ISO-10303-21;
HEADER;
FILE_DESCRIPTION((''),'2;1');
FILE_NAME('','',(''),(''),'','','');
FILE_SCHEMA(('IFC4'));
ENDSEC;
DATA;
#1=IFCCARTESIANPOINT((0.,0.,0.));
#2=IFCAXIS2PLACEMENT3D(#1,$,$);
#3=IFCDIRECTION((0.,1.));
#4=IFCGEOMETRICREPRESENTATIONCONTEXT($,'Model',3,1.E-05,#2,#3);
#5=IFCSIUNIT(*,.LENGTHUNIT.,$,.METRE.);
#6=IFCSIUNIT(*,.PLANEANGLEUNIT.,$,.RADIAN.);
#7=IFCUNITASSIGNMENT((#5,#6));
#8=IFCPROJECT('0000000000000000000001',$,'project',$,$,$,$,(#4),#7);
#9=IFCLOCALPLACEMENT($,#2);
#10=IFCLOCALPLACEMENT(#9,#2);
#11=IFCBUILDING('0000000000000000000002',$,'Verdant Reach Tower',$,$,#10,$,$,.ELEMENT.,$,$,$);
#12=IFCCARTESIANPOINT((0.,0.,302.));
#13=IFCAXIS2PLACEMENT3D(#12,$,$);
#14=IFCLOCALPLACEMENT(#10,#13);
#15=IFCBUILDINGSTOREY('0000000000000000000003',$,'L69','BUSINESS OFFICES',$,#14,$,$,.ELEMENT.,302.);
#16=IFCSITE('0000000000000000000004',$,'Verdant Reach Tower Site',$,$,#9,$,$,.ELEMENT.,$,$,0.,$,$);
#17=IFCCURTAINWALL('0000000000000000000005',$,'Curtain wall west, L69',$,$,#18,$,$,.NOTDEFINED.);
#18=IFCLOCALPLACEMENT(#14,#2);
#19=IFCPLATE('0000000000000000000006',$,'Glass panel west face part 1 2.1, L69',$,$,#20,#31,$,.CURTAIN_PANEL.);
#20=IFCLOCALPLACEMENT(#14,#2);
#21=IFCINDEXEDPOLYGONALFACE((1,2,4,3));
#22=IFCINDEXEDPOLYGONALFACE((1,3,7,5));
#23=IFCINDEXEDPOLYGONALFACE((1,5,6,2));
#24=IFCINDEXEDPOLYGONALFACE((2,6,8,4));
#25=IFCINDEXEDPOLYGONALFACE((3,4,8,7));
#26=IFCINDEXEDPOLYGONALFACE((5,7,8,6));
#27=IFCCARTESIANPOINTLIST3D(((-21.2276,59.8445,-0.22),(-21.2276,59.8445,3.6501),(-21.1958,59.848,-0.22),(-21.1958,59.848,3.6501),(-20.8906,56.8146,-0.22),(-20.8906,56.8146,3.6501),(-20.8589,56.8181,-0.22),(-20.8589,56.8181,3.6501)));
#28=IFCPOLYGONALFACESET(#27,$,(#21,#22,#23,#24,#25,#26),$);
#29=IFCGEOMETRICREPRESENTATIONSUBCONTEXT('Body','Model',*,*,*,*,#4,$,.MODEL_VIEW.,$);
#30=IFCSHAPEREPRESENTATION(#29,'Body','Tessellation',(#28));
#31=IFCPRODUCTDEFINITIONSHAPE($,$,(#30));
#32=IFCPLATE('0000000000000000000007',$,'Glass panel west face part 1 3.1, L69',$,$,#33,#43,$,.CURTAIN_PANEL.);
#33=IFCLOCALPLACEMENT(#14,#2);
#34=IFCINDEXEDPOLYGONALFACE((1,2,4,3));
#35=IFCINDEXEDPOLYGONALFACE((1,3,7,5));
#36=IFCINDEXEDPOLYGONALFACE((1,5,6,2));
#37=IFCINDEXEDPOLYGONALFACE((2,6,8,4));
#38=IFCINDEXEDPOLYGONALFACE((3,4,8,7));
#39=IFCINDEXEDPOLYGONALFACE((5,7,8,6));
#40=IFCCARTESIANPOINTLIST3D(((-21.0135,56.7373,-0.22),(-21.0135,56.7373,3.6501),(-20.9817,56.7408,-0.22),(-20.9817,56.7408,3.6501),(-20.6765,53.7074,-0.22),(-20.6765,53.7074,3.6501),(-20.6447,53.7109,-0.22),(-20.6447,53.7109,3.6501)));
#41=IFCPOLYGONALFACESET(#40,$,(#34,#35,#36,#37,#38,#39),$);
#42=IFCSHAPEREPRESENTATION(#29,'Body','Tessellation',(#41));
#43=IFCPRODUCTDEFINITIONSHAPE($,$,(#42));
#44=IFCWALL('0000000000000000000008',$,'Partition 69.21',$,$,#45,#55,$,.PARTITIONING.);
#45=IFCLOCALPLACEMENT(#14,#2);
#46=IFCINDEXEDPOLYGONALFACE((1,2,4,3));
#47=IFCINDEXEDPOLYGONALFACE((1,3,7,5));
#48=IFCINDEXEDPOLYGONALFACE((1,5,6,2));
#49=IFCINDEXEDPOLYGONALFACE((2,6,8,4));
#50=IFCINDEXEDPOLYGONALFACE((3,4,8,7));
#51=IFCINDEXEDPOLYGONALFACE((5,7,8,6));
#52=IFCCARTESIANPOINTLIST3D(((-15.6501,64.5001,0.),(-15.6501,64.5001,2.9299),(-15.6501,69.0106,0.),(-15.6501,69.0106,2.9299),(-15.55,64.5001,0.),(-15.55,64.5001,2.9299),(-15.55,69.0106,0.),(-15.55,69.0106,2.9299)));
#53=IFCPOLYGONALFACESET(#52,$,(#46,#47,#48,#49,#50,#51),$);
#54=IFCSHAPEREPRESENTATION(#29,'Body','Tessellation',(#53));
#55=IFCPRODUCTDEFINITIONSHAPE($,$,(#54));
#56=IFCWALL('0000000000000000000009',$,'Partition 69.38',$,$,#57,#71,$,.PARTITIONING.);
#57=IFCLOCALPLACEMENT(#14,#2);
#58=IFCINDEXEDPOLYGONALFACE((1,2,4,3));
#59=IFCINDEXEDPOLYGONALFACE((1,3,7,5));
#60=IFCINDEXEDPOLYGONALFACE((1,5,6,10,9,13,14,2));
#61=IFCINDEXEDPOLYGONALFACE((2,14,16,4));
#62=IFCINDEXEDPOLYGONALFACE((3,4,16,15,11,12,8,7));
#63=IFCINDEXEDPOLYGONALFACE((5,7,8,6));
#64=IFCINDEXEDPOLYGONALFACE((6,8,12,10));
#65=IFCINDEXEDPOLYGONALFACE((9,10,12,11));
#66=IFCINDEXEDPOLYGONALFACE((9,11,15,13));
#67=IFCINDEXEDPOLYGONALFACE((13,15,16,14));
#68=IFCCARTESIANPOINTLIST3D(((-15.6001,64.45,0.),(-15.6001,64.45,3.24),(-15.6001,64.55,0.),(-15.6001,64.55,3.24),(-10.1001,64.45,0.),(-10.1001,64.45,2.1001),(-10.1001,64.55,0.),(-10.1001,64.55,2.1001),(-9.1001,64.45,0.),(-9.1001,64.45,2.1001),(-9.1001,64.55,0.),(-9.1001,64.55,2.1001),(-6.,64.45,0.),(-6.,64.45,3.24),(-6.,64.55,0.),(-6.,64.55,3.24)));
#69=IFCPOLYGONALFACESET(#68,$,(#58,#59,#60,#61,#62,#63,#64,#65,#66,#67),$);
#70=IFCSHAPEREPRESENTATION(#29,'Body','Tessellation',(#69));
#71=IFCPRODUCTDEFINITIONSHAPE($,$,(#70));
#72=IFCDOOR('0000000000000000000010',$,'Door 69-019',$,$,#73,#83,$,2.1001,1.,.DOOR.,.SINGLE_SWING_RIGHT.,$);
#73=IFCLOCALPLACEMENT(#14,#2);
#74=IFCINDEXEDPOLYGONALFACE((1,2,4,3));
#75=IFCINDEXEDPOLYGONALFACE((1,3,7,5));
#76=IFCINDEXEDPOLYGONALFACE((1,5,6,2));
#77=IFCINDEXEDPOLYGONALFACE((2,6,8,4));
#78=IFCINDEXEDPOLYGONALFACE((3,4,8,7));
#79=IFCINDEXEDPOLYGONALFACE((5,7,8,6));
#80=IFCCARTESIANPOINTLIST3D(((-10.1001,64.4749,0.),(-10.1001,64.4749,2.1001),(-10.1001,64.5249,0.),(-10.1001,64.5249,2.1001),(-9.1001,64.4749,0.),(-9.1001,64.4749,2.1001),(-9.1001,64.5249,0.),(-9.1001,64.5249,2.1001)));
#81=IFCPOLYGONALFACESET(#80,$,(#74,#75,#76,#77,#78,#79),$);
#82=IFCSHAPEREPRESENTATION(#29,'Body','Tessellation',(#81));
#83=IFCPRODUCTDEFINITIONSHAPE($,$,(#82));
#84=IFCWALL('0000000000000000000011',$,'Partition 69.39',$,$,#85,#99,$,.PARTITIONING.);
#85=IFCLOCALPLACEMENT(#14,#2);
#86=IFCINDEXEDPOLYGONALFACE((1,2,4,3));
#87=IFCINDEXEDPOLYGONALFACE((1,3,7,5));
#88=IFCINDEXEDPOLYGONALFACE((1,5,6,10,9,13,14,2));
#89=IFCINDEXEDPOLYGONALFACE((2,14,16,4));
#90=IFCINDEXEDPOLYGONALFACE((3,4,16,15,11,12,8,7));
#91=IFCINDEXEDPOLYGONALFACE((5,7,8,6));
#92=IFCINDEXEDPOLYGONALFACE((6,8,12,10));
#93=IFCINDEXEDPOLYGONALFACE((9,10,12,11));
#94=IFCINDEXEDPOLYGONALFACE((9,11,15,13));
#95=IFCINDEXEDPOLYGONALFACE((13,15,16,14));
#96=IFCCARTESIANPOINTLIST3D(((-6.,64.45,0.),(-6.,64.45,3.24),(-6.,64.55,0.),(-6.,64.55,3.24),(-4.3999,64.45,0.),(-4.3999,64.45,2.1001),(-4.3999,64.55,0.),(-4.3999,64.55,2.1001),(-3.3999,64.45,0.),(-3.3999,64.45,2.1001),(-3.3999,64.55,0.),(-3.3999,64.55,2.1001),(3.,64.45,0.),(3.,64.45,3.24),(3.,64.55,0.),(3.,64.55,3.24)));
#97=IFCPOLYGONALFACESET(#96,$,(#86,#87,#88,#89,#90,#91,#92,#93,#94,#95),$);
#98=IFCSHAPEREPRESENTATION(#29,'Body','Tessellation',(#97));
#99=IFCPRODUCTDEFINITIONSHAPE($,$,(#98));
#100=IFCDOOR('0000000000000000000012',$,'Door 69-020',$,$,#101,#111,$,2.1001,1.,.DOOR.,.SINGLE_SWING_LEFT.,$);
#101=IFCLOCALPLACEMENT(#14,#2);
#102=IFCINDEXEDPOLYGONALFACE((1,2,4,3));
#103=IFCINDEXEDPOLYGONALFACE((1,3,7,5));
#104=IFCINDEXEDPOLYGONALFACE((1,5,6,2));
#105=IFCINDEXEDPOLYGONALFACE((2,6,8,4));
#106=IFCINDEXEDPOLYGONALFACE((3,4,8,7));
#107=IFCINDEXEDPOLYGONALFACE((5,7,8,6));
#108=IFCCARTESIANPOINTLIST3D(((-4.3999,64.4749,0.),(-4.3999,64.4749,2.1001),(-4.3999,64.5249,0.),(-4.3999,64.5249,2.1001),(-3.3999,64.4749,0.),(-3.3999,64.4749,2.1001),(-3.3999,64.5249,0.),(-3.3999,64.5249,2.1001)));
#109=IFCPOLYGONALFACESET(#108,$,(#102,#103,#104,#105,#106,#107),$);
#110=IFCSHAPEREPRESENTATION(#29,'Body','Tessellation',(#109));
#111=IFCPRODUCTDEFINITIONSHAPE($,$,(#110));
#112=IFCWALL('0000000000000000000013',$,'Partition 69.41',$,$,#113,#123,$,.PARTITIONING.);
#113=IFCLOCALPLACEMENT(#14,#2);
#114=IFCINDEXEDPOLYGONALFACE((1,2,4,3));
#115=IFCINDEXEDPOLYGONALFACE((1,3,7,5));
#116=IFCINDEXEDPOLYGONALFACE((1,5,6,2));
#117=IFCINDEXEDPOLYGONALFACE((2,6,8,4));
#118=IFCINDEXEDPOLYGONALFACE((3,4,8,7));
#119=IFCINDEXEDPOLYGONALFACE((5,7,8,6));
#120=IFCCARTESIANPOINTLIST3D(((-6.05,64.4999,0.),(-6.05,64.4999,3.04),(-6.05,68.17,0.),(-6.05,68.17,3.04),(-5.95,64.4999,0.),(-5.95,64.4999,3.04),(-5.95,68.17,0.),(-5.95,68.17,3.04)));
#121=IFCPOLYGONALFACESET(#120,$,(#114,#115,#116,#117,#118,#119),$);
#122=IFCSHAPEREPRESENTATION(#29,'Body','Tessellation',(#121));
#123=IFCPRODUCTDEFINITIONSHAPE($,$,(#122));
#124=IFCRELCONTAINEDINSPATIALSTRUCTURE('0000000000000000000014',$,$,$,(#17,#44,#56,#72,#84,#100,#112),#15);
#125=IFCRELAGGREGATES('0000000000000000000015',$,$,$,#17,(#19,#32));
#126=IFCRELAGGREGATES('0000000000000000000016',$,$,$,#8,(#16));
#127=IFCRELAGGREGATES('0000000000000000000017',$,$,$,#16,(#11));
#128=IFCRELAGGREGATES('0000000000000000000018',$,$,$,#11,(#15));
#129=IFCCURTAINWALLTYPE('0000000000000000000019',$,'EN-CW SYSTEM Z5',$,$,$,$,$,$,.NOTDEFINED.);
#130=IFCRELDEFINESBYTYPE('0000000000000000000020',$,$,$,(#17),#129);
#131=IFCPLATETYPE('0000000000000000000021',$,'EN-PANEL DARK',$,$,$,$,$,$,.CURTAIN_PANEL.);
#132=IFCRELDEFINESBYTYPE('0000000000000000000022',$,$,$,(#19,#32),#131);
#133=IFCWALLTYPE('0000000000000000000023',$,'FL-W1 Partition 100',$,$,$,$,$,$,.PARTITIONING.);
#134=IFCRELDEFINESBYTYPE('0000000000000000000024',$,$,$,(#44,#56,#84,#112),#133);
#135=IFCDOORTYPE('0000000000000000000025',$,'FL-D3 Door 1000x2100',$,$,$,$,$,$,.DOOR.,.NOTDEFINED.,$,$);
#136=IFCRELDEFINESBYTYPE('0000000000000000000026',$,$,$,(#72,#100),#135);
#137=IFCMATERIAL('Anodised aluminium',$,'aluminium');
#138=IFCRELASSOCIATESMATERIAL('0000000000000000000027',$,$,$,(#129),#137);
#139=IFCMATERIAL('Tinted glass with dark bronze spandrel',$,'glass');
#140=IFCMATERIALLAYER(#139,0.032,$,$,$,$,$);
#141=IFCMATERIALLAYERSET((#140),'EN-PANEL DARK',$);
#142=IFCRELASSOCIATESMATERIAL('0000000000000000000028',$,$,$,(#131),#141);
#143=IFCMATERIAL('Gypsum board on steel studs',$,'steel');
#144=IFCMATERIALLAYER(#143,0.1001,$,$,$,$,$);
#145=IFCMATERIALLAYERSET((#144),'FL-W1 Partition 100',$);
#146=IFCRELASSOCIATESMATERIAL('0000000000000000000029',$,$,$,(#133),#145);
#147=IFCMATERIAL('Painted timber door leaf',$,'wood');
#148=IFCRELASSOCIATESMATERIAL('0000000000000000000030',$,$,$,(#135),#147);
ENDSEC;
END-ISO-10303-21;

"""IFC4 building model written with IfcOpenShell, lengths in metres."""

from ifc_helpers import new_model, si_unit, direction, frame, frame_2d, origin, origin_2d, place, context, subcontext, project, spatial, rectangle, extrude, material, layer, layer_set, type_object, element, fill, aggregate, save


model = new_model("IFC4")

# Units and contexts
model_context = context("Model", 3, precision=1e-05, world=origin(), true_north=direction((0.0, 1.0)))
body_context = subcontext(model_context, "Body", "Model", "MODEL_VIEW")
ifc_project = project(units=[si_unit("LENGTHUNIT", "METRE"), si_unit("PLANEANGLEUNIT", "RADIAN")], contexts=[model_context])

# Site, building, storey
site_placement = place(None, origin())
site = spatial("IfcSite", under=ifc_project, at=site_placement, Name="Verdant Reach Tower Site", CompositionType="ELEMENT", RefElevation=0.0)
building_placement = place(site_placement, origin())
building = spatial("IfcBuilding", under=site, at=building_placement, Name="Verdant Reach Tower", CompositionType="ELEMENT")
storey_placement = place(building_placement, frame((0.0, 0.0, 302.0)))
storey = spatial("IfcBuildingStorey", under=building, at=storey_placement, Name="L69", Description="BUSINESS OFFICES", CompositionType="ELEMENT", Elevation=302.0)

# Curtain wall
ifc_material_1 = material(Name="Anodised aluminium", Category="aluminium")
curtain_wall_type = type_object("IfcCurtainWallType", Name="EN-CW SYSTEM Z5", PredefinedType="NOTDEFINED", material=ifc_material_1)
curtain_wall_1_placement = place(storey_placement, origin())
curtain_wall_1 = element("IfcCurtainWall", 1, at=curtain_wall_1_placement, inside=storey, type_object=curtain_wall_type, Name="Curtain wall west, L69", PredefinedType="NOTDEFINED")

# Plates
ifc_material_2 = material(Name="Tinted glass with dark bronze spandrel", Category="glass")
ifc_layer_1 = layer(ifc_material_2, 0.032)
ifc_layer_set_1 = layer_set([ifc_layer_1], Name="EN-PANEL DARK")
plate_type_1 = type_object("IfcPlateType", Name="EN-PANEL DARK", PredefinedType="CURTAIN_PANEL", material=ifc_layer_set_1)
plate_1_placement = place(storey_placement, frame((-21.0432, 58.3313, -0.22), z_axis=(0.0, 0.0, 1.0), x_axis=(0.110518, -0.993874, 0.0)))
plate_1 = element("IfcPlate", 2, at=plate_1_placement, type_object=plate_type_1, Name="Glass panel west face part 1 2.1, L69", PredefinedType="CURTAIN_PANEL", context=body_context, shape_type="SweptSolid", body=[
    extrude(rectangle(XDim=3.0486, YDim=0.032, at=origin_2d()), origin(), (0.0, 0.0, 1.0), 3.8701),
])
plate_2_placement = place(storey_placement, frame((-20.8291, 55.2241, -0.22), z_axis=(0.0, 0.0, 1.0), x_axis=(0.110518, -0.993874, 0.0)))
plate_2 = element("IfcPlate", 3, at=plate_2_placement, type_object=plate_type_1, Name="Glass panel west face part 1 3.1, L69", PredefinedType="CURTAIN_PANEL", context=body_context, shape_type="SweptSolid", body=[
    extrude(rectangle(XDim=3.0486, YDim=0.032, at=origin_2d()), origin(), (0.0, 0.0, 1.0), 3.8701),
])
aggregate(curtain_wall_1, [plate_1, plate_2])

# Wall
ifc_material_3 = material(Name="Gypsum board on steel studs", Category="steel")
ifc_layer_2 = layer(ifc_material_3, 0.1001)
ifc_layer_set_2 = layer_set([ifc_layer_2], Name="FL-W1 Partition 100")
wall_type = type_object("IfcWallType", Name="FL-W1 Partition 100", PredefinedType="PARTITIONING", material=ifc_layer_set_2)
wall_1_placement = place(storey_placement, frame((-15.6001, 64.5, 0.0), z_axis=(0.0, 0.0, 1.0), x_axis=(0.0, 1.0, 0.0)))
element("IfcWall", 4, at=wall_1_placement, inside=storey, type_object=wall_type, Name="Partition 69.21", PredefinedType="PARTITIONING", context=body_context, shape_type="SweptSolid", body=[
    extrude(rectangle(XDim=4.5105, YDim=0.1001, at=frame_2d((2.2554, 0.0))), origin(), (0.0, 0.0, 1.0), 2.9299),
])

# Walls, openings, doors
wall_2_placement = place(storey_placement, frame((-15.6001, 64.5, 0.0), z_axis=(0.0, 0.0, 1.0), x_axis=(1.0, 0.0, 0.0)))
wall_2 = element("IfcWall", 5, at=wall_2_placement, inside=storey, type_object=wall_type, Name="Partition 69.38", PredefinedType="PARTITIONING", context=body_context, shape_type="SweptSolid", body=[
    extrude(rectangle(XDim=9.6001, YDim=0.1001, at=frame_2d((4.8, 0.0))), origin(), (0.0, 0.0, 1.0), 3.24),
])
opening_1_placement = place(wall_2_placement, frame((5.5, 0.0, 0.0)))
opening_1 = element("IfcOpeningElement", 6, at=opening_1_placement, cuts=wall_2, PredefinedType="OPENING", context=body_context, shape_type="SweptSolid", body=[
    extrude(rectangle(XDim=1.0, YDim=2.1001, at=frame_2d((0.5, 1.05))), frame((0.0, 0.0601, 0.0), z_axis=(0.0, -1.0, 0.0), x_axis=(1.0, 0.0, 0.0)), (0.0, 0.0, 1.0), 0.1201),
])
ifc_material_4 = material(Name="Painted timber door leaf", Category="wood")
door_type = type_object("IfcDoorType", Name="FL-D3 Door 1000x2100", OperationType="NOTDEFINED", PredefinedType="DOOR", material=ifc_material_4)
door_1_placement = place(opening_1_placement, origin())
door_1 = element("IfcDoor", 7, at=door_1_placement, inside=storey, type_object=door_type, Name="Door 69-019", OperationType="SINGLE_SWING_RIGHT", OverallHeight=2.1001, OverallWidth=1.0, PredefinedType="DOOR", context=body_context, shape_type="SweptSolid", body=[
    extrude(rectangle(XDim=1.0, YDim=2.1001, at=frame_2d((0.5, 1.05))), frame((0.0, 0.0249, 0.0), z_axis=(0.0, -1.0, 0.0), x_axis=(1.0, 0.0, 0.0)), (0.0, 0.0, 1.0), 0.05),
])
fill(opening_1, door_1)
wall_3_placement = place(storey_placement, frame((-6.0, 64.5, 0.0), z_axis=(0.0, 0.0, 1.0), x_axis=(1.0, 0.0, 0.0)))
wall_3 = element("IfcWall", 8, at=wall_3_placement, inside=storey, type_object=wall_type, Name="Partition 69.39", PredefinedType="PARTITIONING", context=body_context, shape_type="SweptSolid", body=[
    extrude(rectangle(XDim=9.0, YDim=0.1001, at=frame_2d((4.5, 0.0))), origin(), (0.0, 0.0, 1.0), 3.24),
])
opening_2_placement = place(wall_3_placement, frame((1.6001, 0.0, 0.0)))
opening_2 = element("IfcOpeningElement", 9, at=opening_2_placement, cuts=wall_3, PredefinedType="OPENING", context=body_context, shape_type="SweptSolid", body=[
    extrude(rectangle(XDim=1.0, YDim=2.1001, at=frame_2d((0.5, 1.05))), frame((0.0, 0.0601, 0.0), z_axis=(0.0, -1.0, 0.0), x_axis=(1.0, 0.0, 0.0)), (0.0, 0.0, 1.0), 0.1201),
])
door_2_placement = place(opening_2_placement, origin())
door_2 = element("IfcDoor", 10, at=door_2_placement, inside=storey, type_object=door_type, Name="Door 69-020", OperationType="SINGLE_SWING_LEFT", OverallHeight=2.1001, OverallWidth=1.0, PredefinedType="DOOR", context=body_context, shape_type="SweptSolid", body=[
    extrude(rectangle(XDim=1.0, YDim=2.1001, at=frame_2d((0.5, 1.05))), frame((0.0, 0.0249, 0.0), z_axis=(0.0, -1.0, 0.0), x_axis=(1.0, 0.0, 0.0)), (0.0, 0.0, 1.0), 0.05),
])
fill(opening_2, door_2)

# Wall
wall_4_placement = place(storey_placement, frame((-6.0, 64.5, 0.0), z_axis=(0.0, 0.0, 1.0), x_axis=(0.0, 1.0, 0.0)))
element("IfcWall", 11, at=wall_4_placement, inside=storey, type_object=wall_type, Name="Partition 69.41", PredefinedType="PARTITIONING", context=body_context, shape_type="SweptSolid", body=[
    extrude(rectangle(XDim=3.6702, YDim=0.1001, at=frame_2d((1.835, 0.0))), origin(), (0.0, 0.0, 1.0), 3.04),
])

save(model, "model.ifc")
